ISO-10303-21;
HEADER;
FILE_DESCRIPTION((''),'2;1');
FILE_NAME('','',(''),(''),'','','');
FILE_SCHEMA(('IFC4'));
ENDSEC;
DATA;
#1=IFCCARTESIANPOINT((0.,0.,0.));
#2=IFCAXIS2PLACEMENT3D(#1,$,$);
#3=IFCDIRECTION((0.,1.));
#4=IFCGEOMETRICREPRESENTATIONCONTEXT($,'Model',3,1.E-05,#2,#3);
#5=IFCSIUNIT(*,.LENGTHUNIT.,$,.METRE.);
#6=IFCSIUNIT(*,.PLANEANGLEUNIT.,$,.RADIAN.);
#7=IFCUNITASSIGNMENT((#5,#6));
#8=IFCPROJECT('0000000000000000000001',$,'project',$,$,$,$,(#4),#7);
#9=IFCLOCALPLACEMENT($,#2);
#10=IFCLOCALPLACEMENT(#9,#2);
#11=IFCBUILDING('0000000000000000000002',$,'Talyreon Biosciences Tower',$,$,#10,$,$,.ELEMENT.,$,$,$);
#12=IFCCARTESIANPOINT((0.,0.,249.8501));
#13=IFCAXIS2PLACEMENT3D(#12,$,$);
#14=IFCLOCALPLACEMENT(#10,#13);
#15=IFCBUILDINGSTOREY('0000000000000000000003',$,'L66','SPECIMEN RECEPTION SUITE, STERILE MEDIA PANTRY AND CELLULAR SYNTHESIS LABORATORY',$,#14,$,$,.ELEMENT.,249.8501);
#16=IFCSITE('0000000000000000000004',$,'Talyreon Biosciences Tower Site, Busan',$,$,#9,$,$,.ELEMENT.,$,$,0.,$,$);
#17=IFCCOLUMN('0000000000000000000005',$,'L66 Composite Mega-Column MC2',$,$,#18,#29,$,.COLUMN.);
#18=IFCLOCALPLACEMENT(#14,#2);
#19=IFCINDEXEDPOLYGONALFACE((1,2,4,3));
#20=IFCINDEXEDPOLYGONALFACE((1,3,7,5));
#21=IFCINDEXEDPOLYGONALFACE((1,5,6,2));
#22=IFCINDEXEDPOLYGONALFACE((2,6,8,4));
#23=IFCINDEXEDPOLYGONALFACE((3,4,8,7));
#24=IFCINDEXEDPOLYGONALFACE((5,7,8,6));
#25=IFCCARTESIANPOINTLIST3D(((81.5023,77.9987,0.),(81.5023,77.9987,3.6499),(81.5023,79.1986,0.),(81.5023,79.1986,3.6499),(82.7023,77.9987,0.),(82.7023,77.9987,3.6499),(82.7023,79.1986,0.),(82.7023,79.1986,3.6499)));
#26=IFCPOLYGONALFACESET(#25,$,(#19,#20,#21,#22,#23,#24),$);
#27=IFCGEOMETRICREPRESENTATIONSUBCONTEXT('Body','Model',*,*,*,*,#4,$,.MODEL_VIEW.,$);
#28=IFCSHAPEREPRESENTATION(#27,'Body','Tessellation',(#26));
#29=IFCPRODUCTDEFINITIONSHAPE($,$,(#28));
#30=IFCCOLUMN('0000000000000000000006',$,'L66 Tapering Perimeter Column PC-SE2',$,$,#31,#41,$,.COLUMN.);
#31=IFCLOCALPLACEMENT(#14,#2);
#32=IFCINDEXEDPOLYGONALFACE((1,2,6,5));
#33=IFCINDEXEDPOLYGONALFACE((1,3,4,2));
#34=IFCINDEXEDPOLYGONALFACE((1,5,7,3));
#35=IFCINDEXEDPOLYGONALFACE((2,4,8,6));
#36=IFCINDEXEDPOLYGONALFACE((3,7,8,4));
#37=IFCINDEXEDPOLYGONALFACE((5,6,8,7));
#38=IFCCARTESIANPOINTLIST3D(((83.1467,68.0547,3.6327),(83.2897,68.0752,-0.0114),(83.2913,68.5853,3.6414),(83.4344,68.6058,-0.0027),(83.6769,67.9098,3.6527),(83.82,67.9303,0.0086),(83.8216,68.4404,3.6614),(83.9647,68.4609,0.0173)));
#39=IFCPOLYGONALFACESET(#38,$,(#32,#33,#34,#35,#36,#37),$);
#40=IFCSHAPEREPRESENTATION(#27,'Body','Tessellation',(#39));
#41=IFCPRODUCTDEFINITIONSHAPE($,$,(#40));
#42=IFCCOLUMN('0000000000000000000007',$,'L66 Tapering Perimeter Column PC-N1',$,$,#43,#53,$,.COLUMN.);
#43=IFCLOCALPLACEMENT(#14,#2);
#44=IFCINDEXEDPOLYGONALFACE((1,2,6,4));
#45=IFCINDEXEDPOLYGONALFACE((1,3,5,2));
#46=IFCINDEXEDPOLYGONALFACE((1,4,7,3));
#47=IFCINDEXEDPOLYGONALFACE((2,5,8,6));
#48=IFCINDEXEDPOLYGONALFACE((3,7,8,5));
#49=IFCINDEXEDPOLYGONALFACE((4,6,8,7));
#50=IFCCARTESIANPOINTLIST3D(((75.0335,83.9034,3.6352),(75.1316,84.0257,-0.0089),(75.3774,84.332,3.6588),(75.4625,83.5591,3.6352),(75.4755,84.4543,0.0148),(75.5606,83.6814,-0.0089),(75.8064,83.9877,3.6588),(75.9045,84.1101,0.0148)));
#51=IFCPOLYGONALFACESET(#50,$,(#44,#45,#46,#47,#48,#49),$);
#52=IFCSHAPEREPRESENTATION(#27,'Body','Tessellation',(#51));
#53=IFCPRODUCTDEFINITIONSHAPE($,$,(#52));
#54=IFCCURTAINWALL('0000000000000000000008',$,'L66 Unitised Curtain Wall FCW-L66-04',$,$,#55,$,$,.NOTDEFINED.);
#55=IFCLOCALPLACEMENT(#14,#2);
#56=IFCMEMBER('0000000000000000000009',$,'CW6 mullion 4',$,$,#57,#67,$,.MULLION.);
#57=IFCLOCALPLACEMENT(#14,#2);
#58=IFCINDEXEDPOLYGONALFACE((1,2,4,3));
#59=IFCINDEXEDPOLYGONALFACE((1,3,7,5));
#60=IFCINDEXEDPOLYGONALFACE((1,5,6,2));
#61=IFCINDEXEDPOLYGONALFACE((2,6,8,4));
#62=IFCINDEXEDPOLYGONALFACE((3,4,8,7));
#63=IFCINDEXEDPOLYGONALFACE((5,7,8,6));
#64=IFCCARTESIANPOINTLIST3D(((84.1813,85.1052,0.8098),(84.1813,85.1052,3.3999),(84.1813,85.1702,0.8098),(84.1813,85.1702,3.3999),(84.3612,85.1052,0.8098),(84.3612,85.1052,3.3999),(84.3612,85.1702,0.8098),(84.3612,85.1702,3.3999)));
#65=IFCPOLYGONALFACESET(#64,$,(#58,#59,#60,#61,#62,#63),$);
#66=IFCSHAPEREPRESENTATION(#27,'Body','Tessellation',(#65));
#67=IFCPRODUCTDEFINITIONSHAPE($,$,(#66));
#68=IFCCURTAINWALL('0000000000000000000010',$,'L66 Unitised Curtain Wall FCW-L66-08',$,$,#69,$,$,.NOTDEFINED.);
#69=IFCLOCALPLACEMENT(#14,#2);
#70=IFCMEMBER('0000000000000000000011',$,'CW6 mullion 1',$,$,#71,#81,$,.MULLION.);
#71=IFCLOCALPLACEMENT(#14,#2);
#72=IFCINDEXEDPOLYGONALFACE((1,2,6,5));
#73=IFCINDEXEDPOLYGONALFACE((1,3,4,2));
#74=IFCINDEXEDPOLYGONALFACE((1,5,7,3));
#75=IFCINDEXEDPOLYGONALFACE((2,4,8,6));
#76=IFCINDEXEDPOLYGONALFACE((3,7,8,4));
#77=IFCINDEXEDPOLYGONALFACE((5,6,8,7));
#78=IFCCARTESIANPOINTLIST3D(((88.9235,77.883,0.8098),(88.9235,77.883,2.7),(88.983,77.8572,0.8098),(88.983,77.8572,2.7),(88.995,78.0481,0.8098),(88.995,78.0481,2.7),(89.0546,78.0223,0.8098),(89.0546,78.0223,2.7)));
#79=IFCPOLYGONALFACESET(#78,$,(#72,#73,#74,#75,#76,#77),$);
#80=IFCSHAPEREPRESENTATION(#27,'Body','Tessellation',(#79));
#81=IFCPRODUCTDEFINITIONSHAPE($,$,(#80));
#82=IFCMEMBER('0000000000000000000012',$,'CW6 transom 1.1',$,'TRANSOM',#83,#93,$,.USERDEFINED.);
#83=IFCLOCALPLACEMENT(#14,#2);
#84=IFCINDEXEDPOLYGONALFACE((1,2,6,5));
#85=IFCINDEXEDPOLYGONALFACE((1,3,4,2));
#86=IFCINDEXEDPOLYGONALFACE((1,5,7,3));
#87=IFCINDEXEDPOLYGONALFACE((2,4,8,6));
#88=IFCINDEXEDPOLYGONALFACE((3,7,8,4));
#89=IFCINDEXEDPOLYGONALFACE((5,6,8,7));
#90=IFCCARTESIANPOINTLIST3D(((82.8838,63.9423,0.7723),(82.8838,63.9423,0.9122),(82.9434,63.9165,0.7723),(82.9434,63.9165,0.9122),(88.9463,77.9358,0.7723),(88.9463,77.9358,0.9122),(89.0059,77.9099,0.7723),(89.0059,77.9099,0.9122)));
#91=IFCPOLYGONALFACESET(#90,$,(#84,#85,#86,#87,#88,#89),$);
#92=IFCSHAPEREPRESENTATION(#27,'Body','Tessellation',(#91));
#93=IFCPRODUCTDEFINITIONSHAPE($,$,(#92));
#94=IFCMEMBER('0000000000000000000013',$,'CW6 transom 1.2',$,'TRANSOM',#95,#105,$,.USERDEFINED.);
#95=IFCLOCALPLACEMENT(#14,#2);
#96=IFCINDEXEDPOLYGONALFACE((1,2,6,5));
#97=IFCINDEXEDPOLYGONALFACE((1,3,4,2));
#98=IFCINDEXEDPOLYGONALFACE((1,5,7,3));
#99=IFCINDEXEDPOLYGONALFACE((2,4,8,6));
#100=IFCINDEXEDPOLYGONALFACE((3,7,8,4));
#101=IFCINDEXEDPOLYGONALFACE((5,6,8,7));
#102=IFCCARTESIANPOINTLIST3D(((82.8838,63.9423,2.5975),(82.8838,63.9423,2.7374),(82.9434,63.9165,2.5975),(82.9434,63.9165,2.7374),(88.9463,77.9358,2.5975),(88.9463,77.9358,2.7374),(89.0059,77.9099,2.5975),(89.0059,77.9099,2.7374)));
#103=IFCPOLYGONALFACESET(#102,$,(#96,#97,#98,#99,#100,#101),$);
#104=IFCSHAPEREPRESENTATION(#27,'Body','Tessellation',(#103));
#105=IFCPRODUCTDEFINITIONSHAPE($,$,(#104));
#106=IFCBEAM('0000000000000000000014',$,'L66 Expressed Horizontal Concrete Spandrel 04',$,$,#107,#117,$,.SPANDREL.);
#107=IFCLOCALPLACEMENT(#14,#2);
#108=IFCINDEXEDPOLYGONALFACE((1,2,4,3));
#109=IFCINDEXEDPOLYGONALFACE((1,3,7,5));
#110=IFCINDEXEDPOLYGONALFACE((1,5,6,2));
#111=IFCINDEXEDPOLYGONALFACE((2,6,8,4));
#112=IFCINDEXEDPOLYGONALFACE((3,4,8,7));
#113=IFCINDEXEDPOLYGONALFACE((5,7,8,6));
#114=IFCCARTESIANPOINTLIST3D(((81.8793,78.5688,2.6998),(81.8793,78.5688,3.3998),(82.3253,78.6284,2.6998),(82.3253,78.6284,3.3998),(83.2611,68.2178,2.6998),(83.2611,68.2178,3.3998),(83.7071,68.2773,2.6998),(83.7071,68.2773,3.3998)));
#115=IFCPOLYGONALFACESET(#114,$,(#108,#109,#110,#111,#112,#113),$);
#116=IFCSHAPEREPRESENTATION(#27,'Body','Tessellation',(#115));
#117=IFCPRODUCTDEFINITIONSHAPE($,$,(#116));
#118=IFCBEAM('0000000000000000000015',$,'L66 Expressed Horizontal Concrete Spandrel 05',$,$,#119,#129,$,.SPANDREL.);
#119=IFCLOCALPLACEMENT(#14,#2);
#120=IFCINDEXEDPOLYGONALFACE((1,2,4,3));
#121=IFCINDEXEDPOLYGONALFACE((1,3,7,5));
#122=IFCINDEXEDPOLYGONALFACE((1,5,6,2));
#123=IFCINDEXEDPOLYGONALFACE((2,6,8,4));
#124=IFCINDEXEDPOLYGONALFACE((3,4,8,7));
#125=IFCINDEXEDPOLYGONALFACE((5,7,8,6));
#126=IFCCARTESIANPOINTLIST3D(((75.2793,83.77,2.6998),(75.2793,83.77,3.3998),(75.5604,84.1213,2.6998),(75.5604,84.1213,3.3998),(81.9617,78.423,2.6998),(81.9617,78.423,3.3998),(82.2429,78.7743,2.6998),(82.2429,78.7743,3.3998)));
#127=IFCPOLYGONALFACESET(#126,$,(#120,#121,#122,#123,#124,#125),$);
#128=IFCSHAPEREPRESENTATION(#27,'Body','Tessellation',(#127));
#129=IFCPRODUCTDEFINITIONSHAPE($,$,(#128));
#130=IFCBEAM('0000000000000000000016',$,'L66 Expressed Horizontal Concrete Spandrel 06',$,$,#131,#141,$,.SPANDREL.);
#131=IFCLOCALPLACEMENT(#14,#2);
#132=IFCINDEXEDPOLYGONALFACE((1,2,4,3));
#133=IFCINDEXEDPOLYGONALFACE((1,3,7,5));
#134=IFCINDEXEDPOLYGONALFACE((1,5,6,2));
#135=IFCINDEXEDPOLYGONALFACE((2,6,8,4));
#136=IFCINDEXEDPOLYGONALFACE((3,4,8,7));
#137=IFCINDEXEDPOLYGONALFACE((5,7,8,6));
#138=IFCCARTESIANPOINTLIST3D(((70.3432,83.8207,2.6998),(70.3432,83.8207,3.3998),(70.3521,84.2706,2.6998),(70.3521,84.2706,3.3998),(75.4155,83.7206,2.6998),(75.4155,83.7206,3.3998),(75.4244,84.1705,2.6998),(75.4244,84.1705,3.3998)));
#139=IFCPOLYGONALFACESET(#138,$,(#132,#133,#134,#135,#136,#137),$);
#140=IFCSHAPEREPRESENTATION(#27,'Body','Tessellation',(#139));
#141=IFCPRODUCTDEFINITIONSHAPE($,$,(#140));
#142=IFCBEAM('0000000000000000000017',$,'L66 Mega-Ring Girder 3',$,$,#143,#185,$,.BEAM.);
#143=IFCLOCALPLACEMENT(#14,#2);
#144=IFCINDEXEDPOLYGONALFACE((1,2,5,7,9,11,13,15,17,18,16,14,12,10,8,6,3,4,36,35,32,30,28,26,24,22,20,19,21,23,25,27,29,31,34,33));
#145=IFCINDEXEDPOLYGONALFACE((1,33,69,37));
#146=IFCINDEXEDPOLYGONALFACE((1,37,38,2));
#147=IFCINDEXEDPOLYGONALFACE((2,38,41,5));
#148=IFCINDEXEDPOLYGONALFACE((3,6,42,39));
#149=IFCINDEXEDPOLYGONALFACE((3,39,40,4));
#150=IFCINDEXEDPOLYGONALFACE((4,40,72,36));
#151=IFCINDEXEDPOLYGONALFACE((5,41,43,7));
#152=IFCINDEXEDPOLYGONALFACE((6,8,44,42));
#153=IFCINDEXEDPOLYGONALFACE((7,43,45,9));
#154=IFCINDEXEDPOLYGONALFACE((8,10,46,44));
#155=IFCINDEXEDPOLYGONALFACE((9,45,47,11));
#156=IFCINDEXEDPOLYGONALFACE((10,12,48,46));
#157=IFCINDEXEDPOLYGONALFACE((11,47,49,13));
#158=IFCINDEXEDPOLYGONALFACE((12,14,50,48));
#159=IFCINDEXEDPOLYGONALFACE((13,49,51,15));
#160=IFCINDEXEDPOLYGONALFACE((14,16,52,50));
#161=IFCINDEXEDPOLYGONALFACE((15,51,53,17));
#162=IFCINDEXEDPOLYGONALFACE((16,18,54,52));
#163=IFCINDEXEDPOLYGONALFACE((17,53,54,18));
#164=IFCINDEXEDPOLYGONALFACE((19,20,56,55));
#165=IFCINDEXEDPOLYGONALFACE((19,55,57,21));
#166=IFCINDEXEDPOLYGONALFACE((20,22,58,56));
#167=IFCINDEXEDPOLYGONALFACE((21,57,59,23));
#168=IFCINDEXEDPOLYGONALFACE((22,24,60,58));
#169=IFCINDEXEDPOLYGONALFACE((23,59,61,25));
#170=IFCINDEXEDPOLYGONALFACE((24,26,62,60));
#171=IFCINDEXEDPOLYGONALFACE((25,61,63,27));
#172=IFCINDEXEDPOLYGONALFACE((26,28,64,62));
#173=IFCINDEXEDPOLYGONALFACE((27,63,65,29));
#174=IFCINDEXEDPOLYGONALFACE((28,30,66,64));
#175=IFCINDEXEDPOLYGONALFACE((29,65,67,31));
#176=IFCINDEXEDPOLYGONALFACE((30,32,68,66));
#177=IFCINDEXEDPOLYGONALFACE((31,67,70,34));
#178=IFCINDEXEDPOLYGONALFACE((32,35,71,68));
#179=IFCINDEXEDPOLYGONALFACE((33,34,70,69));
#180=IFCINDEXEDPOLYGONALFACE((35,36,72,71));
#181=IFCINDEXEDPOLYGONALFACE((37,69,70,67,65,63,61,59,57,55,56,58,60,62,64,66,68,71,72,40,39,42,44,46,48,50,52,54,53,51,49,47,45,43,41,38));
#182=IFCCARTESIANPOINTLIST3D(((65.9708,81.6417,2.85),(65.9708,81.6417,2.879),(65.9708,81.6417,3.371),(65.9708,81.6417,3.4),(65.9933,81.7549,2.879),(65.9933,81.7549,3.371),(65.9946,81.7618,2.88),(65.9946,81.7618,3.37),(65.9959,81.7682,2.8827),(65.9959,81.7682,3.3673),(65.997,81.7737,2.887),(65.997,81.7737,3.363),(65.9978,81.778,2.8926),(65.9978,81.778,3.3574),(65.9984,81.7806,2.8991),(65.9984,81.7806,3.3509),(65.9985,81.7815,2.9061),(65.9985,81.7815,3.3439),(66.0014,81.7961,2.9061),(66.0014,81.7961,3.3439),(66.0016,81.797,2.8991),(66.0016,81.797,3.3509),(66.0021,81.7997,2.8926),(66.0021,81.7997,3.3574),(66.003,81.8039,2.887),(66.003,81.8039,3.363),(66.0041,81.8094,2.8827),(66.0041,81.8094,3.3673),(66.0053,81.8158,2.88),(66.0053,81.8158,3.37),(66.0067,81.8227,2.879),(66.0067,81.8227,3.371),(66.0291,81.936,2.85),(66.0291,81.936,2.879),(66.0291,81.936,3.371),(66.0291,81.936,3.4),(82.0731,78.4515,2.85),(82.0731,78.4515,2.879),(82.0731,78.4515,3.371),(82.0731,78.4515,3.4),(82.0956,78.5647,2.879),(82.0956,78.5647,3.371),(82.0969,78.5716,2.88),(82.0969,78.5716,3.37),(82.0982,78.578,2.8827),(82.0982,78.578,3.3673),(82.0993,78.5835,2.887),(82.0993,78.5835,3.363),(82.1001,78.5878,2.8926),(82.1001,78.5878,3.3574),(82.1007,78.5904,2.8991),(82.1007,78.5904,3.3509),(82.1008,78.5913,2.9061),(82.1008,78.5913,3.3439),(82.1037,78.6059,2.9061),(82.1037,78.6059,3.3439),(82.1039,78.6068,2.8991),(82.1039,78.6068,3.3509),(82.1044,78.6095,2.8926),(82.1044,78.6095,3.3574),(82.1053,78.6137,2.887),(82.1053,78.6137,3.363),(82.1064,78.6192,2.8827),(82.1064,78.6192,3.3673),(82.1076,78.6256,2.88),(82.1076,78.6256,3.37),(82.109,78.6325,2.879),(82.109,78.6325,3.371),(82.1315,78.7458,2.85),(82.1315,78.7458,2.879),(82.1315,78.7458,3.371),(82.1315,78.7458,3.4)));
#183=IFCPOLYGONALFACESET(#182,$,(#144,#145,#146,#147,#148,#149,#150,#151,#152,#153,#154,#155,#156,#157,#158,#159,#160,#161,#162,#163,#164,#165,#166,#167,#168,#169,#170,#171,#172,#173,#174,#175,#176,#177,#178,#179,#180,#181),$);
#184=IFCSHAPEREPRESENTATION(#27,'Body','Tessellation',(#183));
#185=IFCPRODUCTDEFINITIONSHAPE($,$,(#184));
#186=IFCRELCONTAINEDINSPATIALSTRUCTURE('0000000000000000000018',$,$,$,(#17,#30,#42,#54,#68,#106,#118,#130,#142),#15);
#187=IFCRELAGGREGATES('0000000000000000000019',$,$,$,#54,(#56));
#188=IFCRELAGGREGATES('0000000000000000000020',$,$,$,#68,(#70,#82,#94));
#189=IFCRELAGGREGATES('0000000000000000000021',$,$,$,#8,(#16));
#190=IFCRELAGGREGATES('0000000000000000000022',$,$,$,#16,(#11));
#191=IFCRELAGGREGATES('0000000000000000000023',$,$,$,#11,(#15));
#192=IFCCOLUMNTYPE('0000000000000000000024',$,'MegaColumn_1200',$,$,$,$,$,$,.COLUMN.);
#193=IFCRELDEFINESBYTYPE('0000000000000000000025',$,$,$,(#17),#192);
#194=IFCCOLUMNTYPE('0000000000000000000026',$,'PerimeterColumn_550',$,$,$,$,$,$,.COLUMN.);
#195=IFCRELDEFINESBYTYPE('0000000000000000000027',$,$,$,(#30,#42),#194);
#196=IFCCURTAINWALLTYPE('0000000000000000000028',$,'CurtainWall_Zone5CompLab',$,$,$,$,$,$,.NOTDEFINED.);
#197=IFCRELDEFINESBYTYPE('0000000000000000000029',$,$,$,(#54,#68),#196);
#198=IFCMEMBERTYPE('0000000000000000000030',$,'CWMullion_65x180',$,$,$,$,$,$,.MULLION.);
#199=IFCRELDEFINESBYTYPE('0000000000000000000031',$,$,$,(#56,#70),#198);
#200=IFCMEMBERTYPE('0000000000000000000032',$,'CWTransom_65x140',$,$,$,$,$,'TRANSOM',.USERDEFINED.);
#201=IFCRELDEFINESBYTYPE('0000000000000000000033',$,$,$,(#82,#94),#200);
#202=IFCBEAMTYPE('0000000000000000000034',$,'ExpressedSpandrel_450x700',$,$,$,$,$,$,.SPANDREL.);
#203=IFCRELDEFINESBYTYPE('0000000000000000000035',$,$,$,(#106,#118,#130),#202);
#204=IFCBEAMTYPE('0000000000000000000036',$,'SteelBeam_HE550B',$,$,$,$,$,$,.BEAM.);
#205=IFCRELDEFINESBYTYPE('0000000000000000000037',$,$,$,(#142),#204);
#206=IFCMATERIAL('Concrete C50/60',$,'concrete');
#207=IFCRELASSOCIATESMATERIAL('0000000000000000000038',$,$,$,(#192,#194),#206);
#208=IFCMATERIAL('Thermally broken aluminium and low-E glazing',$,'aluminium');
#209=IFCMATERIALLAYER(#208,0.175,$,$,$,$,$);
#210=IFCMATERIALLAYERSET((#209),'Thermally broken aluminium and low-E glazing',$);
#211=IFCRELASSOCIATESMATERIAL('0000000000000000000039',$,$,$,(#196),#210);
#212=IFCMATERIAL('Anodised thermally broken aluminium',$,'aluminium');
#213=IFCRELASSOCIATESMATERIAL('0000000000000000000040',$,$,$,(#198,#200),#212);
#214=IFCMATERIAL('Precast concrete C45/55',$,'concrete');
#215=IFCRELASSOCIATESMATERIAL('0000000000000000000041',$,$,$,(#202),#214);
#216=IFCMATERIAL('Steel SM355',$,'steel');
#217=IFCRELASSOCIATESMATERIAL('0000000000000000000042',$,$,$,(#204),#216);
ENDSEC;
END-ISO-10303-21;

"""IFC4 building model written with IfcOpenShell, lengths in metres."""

from ifc_helpers import new_model, si_unit, direction, frame, origin, origin_2d, place, context, subcontext, project, spatial, rectangle, i_section, extrude, material, layer, layer_set, material_profile, profile_set, type_object, element, aggregate, save


model = new_model("IFC4")

# Units and contexts
model_context = context("Model", 3, precision=1e-05, world=origin(), true_north=direction((0.0, 1.0)))
body_context = subcontext(model_context, "Body", "Model", "MODEL_VIEW")
ifc_project = project(units=[si_unit("LENGTHUNIT", "METRE"), si_unit("PLANEANGLEUNIT", "RADIAN")], contexts=[model_context])

# Site, building, storey
site_placement = place(None, origin())
site = spatial("IfcSite", under=ifc_project, at=site_placement, Name="Talyreon Biosciences Tower Site, Busan", CompositionType="ELEMENT", RefElevation=0.0)
building_placement = place(site_placement, origin())
building = spatial("IfcBuilding", under=site, at=building_placement, Name="Talyreon Biosciences Tower", CompositionType="ELEMENT")
storey_placement = place(building_placement, frame((0.0, 0.0, 249.8501)))
storey = spatial("IfcBuildingStorey", under=building, at=storey_placement, Name="L66", Description="SPECIMEN RECEPTION SUITE, STERILE MEDIA PANTRY AND CELLULAR SYNTHESIS LABORATORY", CompositionType="ELEMENT", Elevation=249.8501)

# Columns
ifc_material_1 = material(Name="Concrete C50/60", Category="concrete")
ifc_material_profile_1 = material_profile(ifc_material_1, rectangle(XDim=1.2, YDim=1.2, at=origin_2d()), Name="RC 1200x1200")
ifc_profile_set_1 = profile_set([ifc_material_profile_1], Name="Concrete C50/60")
column_type_1 = type_object("IfcColumnType", Name="MegaColumn_1200", PredefinedType="COLUMN", material=ifc_profile_set_1)
column_1_placement = place(storey_placement, frame((82.1023, 78.5986, 0.0), z_axis=(0.0, 0.0, 1.0), x_axis=(1.0, 0.0, 0.0)))
element("IfcColumn", 1, at=column_1_placement, inside=storey, type_object=column_type_1, Name="L66 Composite Mega-Column MC2", PredefinedType="COLUMN", context=body_context, shape_type="SweptSolid", body=[
    extrude(rectangle(XDim=1.2, YDim=1.2, at=origin_2d()), origin(), (0.0, 0.0, 1.0), 3.6499),
])
ifc_material_profile_2 = material_profile(ifc_material_1, rectangle(XDim=0.55, YDim=0.55, at=origin_2d()), Name="RC 550x550")
ifc_profile_set_2 = profile_set([ifc_material_profile_2], Name="Concrete C50/60")
column_type_2 = type_object("IfcColumnType", Name="PerimeterColumn_550", PredefinedType="COLUMN", material=ifc_profile_set_2)
column_2_placement = place(storey_placement, frame((83.6272, 68.2681, 0.0029), z_axis=(-0.03923, -0.005623, 0.999214), x_axis=(0.963998, -0.263412, 0.036364)))
element("IfcColumn", 2, at=column_2_placement, inside=storey, type_object=column_type_2, Name="L66 Tapering Perimeter Column PC-SE2", PredefinedType="COLUMN", context=body_context, shape_type="SweptSolid", body=[
    extrude(rectangle(XDim=0.55, YDim=0.55, at=origin_2d()), origin(), (0.0, 0.0, 1.0), 3.647),
])
column_3_placement = place(storey_placement, frame((75.5181, 84.0679, 0.0029), z_axis=(-0.026908, -0.033535, 0.999075), x_axis=(-0.779957, 0.625834, 0.0)))
element("IfcColumn", 3, at=column_3_placement, inside=storey, type_object=column_type_2, Name="L66 Tapering Perimeter Column PC-N1", PredefinedType="COLUMN", context=body_context, shape_type="SweptSolid", body=[
    extrude(rectangle(XDim=0.55, YDim=0.55, at=origin_2d()), origin(), (0.0, 0.0, 1.0), 3.6475),
])

# Curtain wall, member
ifc_material_2 = material(Name="Thermally broken aluminium and low-E glazing", Category="aluminium")
ifc_layer_1 = layer(ifc_material_2, 0.175)
ifc_layer_set_1 = layer_set([ifc_layer_1], Name="Thermally broken aluminium and low-E glazing")
curtain_wall_type = type_object("IfcCurtainWallType", Name="CurtainWall_Zone5CompLab", PredefinedType="NOTDEFINED", material=ifc_layer_set_1)
curtain_wall_1_placement = place(storey_placement, origin())
curtain_wall_1 = element("IfcCurtainWall", 4, at=curtain_wall_1_placement, inside=storey, type_object=curtain_wall_type, Name="L66 Unitised Curtain Wall FCW-L66-04", PredefinedType="NOTDEFINED")
ifc_material_3 = material(Name="Anodised thermally broken aluminium", Category="aluminium")
ifc_material_profile_3 = material_profile(ifc_material_3, rectangle(XDim=0.0649, YDim=0.1799, at=origin_2d()), Name="ALUM MULLION 65x180")
ifc_profile_set_3 = profile_set([ifc_material_profile_3], Name="Anodised thermally broken aluminium")
member_type_1 = type_object("IfcMemberType", Name="CWMullion_65x180", PredefinedType="MULLION", material=ifc_profile_set_3)
member_1_placement = place(storey_placement, frame((84.2712, 85.1377, 0.8098), z_axis=(0.0, 0.0, 1.0), x_axis=(0.0, 1.0, 0.0)))
member_1 = element("IfcMember", 5, at=member_1_placement, type_object=member_type_1, Name="CW6 mullion 4", PredefinedType="MULLION", context=body_context, shape_type="SweptSolid", body=[
    extrude(rectangle(XDim=0.0649, YDim=0.1799, at=origin_2d()), origin(), (0.0, 0.0, 1.0), 2.5901),
])

# Curtain wall, members
curtain_wall_2_placement = place(storey_placement, origin())
curtain_wall_2 = element("IfcCurtainWall", 6, at=curtain_wall_2_placement, inside=storey, type_object=curtain_wall_type, Name="L66 Unitised Curtain Wall FCW-L66-08", PredefinedType="NOTDEFINED")
member_2_placement = place(storey_placement, frame((88.989, 77.9526, 0.8098), z_axis=(0.0, 0.0, 1.0), x_axis=(0.917586, -0.397537, 0.0)))
member_2 = element("IfcMember", 7, at=member_2_placement, type_object=member_type_1, Name="CW6 mullion 1", PredefinedType="MULLION", context=body_context, shape_type="SweptSolid", body=[
    extrude(rectangle(XDim=0.0649, YDim=0.1799, at=origin_2d()), origin(), (0.0, 0.0, 1.0), 1.8901),
])
ifc_material_profile_4 = material_profile(ifc_material_3, rectangle(XDim=0.0649, YDim=0.1399, at=origin_2d()), Name="ALUM TRANSOM 65x140")
ifc_profile_set_4 = profile_set([ifc_material_profile_4], Name="Anodised thermally broken aluminium")
member_type_2 = type_object("IfcMemberType", Name="CWTransom_65x140", ElementType="TRANSOM", PredefinedType="USERDEFINED", material=ifc_profile_set_4)
member_3_placement = place(storey_placement, frame((88.9761, 77.9229, 0.8423), z_axis=(-0.397535, -0.917587, 0.0), x_axis=(0.917587, -0.397535, 0.0)))
member_3 = element("IfcMember", 8, at=member_3_placement, type_object=member_type_2, Name="CW6 transom 1.1", ObjectType="TRANSOM", PredefinedType="USERDEFINED", context=body_context, shape_type="SweptSolid", body=[
    extrude(rectangle(XDim=0.0649, YDim=0.1399, at=origin_2d()), origin(), (0.0, 0.0, 1.0), 15.2502),
])
member_4_placement = place(storey_placement, frame((88.9761, 77.9229, 2.6675), z_axis=(-0.397535, -0.917587, 0.0), x_axis=(0.917587, -0.397535, 0.0)))
member_4 = element("IfcMember", 9, at=member_4_placement, type_object=member_type_2, Name="CW6 transom 1.2", ObjectType="TRANSOM", PredefinedType="USERDEFINED", context=body_context, shape_type="SweptSolid", body=[
    extrude(rectangle(XDim=0.0649, YDim=0.1399, at=origin_2d()), origin(), (0.0, 0.0, 1.0), 15.2502),
])

# Beams
ifc_material_4 = material(Name="Precast concrete C45/55", Category="concrete")
ifc_material_profile_5 = material_profile(ifc_material_4, rectangle(XDim=0.45, YDim=0.7, at=origin_2d()), Name="RCB 450x700")
ifc_profile_set_5 = profile_set([ifc_material_profile_5], Name="Precast concrete C45/55")
beam_type_1 = type_object("IfcBeamType", Name="ExpressedSpandrel_450x700", PredefinedType="SPANDREL", material=ifc_profile_set_5)
beam_1_placement = place(storey_placement, frame((83.4841, 68.2476, 3.0498), z_axis=(-0.132323, 0.991207, 0.0), x_axis=(-0.991207, -0.132323, 0.0)))
element("IfcBeam", 10, at=beam_1_placement, inside=storey, type_object=beam_type_1, Name="L66 Expressed Horizontal Concrete Spandrel 04", PredefinedType="SPANDREL", context=body_context, shape_type="SweptSolid", body=[
    extrude(rectangle(XDim=0.45, YDim=0.7, at=origin_2d()), origin(), (0.0, 0.0, 1.0), 10.4429),
])
beam_2_placement = place(storey_placement, frame((82.1023, 78.5986, 3.0498), z_axis=(-0.78081, 0.624768, 0.0), x_axis=(-0.624768, -0.78081, 0.0)))
element("IfcBeam", 11, at=beam_2_placement, inside=storey, type_object=beam_type_1, Name="L66 Expressed Horizontal Concrete Spandrel 05", PredefinedType="SPANDREL", context=body_context, shape_type="SweptSolid", body=[
    extrude(rectangle(XDim=0.45, YDim=0.7, at=origin_2d()), origin(), (0.0, 0.0, 1.0), 8.5583),
])
beam_3_placement = place(storey_placement, frame((75.4199, 83.9456, 3.0498), z_axis=(-0.999805, 0.01973, 0.0), x_axis=(-0.01973, -0.999805, 0.0)))
element("IfcBeam", 12, at=beam_3_placement, inside=storey, type_object=beam_type_1, Name="L66 Expressed Horizontal Concrete Spandrel 06", PredefinedType="SPANDREL", context=body_context, shape_type="SweptSolid", body=[
    extrude(rectangle(XDim=0.45, YDim=0.7, at=origin_2d()), origin(), (0.0, 0.0, 1.0), 5.0732),
])
ifc_material_5 = material(Name="Steel SM355", Category="steel")
ifc_material_profile_6 = material_profile(ifc_material_5, i_section(OverallWidth=0.3, OverallDepth=0.55, WebThickness=0.0149, FlangeThickness=0.0291, FilletRadius=0.0271, at=origin_2d()), Name="HE550B")
ifc_profile_set_6 = profile_set([ifc_material_profile_6], Name="Steel SM355")
beam_type_2 = type_object("IfcBeamType", Name="SteelBeam_HE550B", PredefinedType="BEAM", material=ifc_profile_set_6)
beam_4_placement = place(storey_placement, frame((82.1023, 78.5986, 3.125), z_axis=(-0.980934, 0.194343, 0.0), x_axis=(-0.194343, -0.980934, 0.0)))
element("IfcBeam", 13, at=beam_4_placement, inside=storey, type_object=beam_type_2, Name="L66 Mega-Ring Girder 3", PredefinedType="BEAM", context=body_context, shape_type="SweptSolid", body=[
    extrude(i_section(OverallWidth=0.3, OverallDepth=0.55, WebThickness=0.0149, FlangeThickness=0.0291, FilletRadius=0.0271, at=origin_2d()), origin(), (0.0, 0.0, 1.0), 16.4153),
])

aggregate(curtain_wall_1, [member_1])
aggregate(curtain_wall_2, [member_2, member_3, member_4])

save(model, "model.ifc")
